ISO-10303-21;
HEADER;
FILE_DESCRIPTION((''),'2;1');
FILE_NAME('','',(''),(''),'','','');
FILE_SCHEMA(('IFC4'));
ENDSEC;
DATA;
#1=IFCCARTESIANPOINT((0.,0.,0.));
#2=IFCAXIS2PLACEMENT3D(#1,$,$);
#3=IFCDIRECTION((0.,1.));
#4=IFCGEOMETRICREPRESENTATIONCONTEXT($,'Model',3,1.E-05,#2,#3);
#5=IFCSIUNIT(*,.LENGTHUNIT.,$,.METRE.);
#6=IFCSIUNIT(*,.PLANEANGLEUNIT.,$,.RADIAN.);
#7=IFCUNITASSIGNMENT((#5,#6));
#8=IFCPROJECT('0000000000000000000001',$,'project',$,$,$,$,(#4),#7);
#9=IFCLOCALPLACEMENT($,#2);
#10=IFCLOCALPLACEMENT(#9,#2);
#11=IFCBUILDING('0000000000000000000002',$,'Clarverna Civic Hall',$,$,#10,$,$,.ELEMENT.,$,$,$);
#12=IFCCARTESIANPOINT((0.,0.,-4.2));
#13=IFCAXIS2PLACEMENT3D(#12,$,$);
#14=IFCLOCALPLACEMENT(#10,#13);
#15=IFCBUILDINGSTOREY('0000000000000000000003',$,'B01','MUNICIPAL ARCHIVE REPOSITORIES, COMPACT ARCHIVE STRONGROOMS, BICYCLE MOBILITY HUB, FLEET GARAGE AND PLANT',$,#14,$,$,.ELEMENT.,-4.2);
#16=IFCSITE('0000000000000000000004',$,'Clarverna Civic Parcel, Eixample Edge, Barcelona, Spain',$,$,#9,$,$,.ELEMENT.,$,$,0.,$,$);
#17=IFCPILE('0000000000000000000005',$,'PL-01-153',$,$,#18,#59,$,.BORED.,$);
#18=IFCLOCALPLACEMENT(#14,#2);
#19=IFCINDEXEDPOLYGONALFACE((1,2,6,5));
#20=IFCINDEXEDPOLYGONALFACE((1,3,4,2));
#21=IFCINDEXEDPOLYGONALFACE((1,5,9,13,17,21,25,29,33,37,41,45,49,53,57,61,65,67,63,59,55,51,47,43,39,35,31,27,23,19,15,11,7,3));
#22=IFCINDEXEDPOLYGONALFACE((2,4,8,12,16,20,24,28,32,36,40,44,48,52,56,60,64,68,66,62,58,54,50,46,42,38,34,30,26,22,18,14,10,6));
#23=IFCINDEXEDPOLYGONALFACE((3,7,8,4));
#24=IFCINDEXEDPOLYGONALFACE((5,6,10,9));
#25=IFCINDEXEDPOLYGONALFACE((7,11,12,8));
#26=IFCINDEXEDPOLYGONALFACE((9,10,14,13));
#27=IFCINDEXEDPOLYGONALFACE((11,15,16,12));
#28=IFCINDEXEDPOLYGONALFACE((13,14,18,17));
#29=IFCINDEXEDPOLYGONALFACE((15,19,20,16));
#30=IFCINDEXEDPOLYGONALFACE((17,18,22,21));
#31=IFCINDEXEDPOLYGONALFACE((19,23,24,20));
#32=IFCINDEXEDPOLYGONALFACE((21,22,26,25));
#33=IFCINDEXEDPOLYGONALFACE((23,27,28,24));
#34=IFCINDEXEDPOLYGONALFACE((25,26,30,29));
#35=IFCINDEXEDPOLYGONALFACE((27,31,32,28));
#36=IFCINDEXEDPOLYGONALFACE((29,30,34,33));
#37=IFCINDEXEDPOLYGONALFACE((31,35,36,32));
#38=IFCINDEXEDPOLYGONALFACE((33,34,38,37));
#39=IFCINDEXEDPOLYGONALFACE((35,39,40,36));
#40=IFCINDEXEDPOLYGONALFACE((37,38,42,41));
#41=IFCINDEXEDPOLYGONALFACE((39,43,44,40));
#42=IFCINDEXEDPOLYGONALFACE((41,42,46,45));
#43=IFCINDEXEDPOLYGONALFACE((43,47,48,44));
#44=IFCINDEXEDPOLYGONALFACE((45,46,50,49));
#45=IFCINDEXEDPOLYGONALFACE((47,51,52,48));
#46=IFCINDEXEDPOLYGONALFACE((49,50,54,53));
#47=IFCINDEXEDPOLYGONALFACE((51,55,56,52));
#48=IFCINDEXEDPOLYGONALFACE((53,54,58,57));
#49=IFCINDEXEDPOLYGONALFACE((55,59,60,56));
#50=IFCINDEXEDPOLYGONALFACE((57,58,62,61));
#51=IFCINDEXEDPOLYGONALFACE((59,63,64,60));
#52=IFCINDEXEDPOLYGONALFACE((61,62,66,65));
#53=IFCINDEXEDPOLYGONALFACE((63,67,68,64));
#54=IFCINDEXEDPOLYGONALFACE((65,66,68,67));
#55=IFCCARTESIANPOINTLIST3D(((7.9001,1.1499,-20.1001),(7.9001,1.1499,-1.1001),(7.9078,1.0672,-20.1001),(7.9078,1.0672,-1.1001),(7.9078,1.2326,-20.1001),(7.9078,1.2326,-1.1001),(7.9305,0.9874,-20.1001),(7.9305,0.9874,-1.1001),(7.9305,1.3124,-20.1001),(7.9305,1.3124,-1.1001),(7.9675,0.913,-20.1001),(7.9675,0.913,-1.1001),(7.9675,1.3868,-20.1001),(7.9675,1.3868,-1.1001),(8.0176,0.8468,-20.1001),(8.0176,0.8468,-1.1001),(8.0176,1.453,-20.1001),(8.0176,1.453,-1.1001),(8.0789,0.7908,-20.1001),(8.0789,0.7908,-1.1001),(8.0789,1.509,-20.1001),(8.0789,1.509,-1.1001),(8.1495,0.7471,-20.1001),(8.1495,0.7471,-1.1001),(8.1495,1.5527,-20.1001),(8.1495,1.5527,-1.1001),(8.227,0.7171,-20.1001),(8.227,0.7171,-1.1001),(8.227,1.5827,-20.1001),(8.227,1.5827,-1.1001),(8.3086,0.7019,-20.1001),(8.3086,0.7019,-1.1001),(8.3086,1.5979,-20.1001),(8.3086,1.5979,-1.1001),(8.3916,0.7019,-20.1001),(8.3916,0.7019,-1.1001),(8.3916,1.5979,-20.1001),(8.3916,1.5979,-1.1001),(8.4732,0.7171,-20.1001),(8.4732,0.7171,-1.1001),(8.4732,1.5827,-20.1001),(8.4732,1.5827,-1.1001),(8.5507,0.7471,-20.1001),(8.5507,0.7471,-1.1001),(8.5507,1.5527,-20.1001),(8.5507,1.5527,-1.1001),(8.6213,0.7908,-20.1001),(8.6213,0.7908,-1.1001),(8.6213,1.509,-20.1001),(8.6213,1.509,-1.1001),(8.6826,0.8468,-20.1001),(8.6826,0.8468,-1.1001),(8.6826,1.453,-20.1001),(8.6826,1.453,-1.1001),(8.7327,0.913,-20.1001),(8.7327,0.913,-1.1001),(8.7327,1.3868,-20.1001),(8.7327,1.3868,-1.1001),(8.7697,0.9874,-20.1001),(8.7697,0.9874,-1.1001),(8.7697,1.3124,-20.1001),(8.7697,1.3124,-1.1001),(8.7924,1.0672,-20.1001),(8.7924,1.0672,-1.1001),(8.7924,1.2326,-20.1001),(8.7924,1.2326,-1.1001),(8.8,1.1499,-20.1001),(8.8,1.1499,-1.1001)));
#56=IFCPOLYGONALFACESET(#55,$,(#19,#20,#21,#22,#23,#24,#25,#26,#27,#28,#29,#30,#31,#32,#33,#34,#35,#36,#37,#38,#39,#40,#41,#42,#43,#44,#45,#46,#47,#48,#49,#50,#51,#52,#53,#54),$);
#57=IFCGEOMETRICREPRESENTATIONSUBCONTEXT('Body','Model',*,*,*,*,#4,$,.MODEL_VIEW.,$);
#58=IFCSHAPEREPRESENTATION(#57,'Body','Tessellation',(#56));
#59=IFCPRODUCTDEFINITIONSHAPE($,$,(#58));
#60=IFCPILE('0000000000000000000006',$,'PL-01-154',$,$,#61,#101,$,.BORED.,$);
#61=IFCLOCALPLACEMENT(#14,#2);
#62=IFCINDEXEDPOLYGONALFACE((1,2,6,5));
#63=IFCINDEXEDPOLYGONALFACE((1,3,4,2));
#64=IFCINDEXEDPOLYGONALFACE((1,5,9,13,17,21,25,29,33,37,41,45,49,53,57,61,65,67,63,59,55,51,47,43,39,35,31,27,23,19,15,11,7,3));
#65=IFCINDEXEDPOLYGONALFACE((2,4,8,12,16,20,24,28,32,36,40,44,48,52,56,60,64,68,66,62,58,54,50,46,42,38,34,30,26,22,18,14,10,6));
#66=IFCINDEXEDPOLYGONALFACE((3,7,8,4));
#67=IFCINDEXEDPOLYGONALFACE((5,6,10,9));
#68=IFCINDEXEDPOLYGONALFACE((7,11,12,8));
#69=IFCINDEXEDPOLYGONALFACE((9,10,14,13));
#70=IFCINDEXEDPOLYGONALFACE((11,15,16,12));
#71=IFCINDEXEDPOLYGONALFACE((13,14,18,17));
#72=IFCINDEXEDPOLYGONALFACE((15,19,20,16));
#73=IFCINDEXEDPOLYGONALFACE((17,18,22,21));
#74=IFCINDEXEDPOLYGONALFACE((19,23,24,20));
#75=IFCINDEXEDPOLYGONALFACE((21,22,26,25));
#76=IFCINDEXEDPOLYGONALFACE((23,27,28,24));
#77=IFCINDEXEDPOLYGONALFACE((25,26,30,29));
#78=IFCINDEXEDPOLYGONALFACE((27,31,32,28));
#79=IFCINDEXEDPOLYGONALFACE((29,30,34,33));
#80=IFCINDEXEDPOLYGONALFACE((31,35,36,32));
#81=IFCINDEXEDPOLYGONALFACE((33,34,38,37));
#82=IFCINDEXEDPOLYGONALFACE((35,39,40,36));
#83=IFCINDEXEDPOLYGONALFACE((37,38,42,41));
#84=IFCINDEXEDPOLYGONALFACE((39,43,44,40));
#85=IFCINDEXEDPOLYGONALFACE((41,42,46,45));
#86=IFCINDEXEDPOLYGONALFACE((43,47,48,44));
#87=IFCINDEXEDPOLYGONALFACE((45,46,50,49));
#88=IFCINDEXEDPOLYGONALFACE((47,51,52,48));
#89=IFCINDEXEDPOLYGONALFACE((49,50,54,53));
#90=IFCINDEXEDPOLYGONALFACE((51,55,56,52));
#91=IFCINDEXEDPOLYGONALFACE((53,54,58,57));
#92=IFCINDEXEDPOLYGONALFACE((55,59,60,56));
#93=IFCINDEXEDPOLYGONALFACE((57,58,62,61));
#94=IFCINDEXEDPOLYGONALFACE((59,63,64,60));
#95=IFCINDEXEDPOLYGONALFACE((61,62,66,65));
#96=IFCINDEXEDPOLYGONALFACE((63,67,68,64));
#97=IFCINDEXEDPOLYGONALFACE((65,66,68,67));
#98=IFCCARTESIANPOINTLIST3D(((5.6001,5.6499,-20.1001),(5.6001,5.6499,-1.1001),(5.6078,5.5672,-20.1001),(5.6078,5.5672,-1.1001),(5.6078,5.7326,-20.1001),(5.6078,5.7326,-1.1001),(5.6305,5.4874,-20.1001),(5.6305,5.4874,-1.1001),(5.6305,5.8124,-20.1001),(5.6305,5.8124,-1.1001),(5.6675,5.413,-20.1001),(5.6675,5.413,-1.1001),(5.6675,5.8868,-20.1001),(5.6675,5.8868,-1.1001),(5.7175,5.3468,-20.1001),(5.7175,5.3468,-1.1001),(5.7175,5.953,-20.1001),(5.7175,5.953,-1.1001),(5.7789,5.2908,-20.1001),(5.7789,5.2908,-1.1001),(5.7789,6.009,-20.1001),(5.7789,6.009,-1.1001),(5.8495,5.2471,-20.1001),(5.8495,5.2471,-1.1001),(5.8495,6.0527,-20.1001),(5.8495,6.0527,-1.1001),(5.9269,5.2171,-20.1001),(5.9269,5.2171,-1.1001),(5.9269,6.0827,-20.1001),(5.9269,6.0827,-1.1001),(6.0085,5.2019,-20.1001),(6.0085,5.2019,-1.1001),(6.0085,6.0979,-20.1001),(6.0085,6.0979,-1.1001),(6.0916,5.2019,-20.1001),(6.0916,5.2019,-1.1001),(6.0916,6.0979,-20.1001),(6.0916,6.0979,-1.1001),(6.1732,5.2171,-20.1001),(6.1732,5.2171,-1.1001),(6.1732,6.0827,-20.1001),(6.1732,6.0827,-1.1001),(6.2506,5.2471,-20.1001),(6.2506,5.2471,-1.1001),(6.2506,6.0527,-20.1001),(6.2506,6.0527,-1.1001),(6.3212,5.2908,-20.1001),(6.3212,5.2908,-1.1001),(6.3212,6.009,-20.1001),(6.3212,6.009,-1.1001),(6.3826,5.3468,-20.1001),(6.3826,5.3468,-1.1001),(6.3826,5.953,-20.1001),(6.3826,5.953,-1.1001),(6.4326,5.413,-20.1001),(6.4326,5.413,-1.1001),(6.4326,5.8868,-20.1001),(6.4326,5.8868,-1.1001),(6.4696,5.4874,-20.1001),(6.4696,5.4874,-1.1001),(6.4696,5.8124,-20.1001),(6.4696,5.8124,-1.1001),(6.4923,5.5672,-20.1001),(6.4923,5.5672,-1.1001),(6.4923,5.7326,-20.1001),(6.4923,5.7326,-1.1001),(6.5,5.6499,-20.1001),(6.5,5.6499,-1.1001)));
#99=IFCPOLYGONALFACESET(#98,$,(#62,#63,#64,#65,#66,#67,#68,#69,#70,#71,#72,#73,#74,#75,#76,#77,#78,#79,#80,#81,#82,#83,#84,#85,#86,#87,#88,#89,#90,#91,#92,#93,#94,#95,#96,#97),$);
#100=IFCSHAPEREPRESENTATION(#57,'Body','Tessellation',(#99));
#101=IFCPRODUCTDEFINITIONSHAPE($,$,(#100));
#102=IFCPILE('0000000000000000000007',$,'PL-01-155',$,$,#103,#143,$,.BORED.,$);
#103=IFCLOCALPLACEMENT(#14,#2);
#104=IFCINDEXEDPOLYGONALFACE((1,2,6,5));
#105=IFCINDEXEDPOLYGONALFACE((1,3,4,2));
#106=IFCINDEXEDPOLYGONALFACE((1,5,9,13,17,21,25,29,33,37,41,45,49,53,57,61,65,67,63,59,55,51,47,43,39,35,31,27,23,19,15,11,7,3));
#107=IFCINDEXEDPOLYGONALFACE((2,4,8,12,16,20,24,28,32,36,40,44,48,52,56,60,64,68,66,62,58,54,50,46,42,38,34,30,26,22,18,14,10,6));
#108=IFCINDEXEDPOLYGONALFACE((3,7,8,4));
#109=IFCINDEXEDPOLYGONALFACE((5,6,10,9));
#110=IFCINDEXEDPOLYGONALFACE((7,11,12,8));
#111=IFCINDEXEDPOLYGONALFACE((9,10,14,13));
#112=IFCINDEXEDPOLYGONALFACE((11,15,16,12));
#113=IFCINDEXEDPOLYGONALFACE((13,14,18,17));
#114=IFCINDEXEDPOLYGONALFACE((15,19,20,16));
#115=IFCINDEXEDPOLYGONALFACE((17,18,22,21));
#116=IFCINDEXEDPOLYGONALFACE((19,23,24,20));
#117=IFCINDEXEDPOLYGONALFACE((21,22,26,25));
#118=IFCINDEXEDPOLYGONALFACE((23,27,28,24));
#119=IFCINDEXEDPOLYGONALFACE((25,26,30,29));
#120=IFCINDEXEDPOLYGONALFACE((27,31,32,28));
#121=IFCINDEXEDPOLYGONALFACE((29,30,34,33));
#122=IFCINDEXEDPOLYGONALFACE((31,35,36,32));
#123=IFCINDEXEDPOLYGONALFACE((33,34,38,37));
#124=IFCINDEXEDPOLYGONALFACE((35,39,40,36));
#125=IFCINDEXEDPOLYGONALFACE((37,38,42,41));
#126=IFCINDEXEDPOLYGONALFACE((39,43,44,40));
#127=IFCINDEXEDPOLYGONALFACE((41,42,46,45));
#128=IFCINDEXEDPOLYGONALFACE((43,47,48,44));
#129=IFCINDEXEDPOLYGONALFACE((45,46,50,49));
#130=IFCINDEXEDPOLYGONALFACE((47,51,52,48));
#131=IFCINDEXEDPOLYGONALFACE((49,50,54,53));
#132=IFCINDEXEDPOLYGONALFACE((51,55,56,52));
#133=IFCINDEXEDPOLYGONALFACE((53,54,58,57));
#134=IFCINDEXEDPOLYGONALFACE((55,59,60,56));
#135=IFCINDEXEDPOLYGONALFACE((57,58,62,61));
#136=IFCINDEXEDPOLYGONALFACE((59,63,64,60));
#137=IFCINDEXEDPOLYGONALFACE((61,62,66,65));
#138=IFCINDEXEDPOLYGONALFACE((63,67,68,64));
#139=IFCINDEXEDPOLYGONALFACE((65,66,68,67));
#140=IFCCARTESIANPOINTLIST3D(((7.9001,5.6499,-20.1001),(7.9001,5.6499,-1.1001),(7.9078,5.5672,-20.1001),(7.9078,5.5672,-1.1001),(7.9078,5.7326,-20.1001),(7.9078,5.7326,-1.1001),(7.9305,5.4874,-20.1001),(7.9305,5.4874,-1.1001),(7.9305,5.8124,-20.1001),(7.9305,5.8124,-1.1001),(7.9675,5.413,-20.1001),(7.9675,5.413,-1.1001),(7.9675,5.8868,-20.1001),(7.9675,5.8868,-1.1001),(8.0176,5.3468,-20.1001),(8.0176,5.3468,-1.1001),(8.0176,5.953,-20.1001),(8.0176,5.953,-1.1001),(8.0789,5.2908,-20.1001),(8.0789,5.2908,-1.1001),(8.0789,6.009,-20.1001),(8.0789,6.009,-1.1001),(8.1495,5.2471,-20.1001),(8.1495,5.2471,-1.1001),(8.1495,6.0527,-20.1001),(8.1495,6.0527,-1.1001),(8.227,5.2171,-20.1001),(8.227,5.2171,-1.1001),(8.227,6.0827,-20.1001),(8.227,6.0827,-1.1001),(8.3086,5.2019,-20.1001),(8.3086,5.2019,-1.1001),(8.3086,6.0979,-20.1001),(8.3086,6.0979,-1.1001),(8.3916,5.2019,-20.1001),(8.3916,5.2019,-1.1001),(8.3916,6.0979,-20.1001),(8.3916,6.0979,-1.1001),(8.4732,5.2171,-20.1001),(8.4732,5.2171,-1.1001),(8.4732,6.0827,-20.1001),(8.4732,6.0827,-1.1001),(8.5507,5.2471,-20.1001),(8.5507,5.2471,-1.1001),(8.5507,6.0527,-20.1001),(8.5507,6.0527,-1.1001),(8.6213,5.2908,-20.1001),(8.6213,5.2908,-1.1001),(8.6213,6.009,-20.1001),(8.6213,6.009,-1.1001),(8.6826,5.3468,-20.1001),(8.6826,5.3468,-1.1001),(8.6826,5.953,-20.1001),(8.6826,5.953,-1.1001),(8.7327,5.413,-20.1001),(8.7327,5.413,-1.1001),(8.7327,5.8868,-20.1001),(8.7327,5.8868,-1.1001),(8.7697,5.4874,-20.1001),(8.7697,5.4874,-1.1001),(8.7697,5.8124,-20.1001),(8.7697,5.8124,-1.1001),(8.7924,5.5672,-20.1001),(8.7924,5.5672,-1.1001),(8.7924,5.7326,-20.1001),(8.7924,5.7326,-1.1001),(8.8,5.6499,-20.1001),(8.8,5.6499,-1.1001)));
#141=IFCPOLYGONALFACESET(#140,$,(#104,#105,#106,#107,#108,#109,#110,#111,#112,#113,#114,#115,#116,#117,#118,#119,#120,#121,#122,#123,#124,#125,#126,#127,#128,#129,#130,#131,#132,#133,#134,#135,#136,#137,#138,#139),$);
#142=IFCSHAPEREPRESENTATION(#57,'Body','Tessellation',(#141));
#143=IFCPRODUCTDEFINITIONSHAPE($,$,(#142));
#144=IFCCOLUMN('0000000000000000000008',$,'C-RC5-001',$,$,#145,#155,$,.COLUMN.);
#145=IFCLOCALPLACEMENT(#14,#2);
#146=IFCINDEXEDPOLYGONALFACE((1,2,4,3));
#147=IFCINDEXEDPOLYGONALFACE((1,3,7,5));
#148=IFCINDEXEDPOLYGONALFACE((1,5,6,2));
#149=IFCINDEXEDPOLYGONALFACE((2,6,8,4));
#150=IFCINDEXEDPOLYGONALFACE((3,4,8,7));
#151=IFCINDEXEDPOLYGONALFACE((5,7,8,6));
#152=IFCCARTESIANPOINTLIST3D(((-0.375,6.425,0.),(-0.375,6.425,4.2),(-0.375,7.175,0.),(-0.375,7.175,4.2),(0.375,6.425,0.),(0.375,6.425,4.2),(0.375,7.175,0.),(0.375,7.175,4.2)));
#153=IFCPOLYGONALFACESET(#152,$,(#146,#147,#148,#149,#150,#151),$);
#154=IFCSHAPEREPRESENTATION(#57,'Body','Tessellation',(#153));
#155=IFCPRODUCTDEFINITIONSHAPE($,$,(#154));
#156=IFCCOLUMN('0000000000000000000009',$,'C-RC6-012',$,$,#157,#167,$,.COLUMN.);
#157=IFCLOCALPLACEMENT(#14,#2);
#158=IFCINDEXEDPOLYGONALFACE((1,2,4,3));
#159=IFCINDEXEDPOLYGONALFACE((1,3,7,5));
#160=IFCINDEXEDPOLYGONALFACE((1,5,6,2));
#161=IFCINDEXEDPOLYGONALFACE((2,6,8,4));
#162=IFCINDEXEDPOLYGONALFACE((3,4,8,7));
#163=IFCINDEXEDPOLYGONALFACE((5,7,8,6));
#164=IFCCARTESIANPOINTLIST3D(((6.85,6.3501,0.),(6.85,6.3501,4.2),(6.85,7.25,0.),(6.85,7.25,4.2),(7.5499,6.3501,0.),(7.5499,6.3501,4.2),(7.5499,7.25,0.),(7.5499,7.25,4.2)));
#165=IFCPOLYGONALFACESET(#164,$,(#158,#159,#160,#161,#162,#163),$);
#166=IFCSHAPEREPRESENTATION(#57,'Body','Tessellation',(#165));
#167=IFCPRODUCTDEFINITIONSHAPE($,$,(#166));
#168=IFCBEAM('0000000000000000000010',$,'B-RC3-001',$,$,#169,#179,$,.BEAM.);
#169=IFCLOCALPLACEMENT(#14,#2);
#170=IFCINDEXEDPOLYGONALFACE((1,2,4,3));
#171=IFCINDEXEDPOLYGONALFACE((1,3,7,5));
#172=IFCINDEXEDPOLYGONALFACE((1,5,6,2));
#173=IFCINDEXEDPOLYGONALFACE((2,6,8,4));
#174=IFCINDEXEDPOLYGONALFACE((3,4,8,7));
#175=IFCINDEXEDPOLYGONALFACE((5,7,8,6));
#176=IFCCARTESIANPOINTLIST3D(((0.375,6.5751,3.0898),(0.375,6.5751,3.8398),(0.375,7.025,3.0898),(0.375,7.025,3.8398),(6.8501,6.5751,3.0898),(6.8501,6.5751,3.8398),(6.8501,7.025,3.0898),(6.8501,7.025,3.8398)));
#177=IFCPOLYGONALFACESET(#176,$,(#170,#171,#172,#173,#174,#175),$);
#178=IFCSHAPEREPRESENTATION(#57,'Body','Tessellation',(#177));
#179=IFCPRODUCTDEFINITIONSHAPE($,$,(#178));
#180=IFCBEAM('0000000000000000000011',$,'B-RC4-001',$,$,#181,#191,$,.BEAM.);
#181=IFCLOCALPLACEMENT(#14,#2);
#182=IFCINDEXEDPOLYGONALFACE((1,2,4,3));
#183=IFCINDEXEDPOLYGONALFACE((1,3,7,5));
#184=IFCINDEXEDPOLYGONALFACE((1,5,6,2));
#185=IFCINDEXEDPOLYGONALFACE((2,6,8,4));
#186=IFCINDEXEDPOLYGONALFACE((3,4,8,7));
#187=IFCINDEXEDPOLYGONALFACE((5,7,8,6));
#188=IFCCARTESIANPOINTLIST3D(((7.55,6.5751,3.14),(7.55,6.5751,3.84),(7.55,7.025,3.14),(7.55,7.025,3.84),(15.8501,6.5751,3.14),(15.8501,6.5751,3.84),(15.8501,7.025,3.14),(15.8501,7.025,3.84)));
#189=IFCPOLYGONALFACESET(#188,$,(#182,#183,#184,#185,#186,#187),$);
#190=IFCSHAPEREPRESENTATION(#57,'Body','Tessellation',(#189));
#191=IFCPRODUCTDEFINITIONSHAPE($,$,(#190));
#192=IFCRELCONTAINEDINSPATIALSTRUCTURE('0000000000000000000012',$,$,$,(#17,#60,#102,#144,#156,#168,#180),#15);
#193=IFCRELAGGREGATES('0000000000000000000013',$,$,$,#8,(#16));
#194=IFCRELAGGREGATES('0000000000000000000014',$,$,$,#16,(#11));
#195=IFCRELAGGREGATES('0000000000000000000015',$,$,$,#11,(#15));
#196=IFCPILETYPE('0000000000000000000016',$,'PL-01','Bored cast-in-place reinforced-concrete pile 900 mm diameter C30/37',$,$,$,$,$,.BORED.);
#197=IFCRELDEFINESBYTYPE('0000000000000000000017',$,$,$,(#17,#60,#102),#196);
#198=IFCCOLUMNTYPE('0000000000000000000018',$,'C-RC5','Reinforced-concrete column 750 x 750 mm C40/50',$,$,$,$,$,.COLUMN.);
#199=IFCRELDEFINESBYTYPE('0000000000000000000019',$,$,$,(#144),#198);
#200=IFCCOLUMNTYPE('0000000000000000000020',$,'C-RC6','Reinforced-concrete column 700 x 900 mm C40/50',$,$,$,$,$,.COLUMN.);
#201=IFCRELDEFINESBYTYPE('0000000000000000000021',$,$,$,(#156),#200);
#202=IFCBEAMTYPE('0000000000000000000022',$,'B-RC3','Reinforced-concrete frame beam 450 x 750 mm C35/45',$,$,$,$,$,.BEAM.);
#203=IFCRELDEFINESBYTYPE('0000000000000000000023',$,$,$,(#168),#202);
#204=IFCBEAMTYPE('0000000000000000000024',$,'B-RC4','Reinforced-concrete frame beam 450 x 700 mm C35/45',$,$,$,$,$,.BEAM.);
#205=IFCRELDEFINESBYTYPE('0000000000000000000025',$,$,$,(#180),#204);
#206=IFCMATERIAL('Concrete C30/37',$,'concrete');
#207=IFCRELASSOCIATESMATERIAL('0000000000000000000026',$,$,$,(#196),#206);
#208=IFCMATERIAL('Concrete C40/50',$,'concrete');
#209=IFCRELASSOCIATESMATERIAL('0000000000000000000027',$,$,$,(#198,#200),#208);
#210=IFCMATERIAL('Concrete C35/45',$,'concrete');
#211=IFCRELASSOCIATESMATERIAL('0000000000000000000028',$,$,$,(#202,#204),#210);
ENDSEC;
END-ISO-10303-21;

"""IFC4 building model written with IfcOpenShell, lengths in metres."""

from ifc_helpers import new_model, si_unit, direction, frame, origin, origin_2d, place, context, subcontext, project, spatial, rectangle, circle, extrude, material, material_profile, profile_set, type_object, element, save


model = new_model("IFC4")

# Units and contexts
model_context = context("Model", 3, precision=1e-05, world=origin(), true_north=direction((0.0, 1.0)))
body_context = subcontext(model_context, "Body", "Model", "MODEL_VIEW")
ifc_project = project(units=[si_unit("LENGTHUNIT", "METRE"), si_unit("PLANEANGLEUNIT", "RADIAN")], contexts=[model_context])

# Site, building, storey
site_placement = place(None, origin())
site = spatial("IfcSite", under=ifc_project, at=site_placement, Name="Clarverna Civic Parcel, Eixample Edge, Barcelona, Spain", CompositionType="ELEMENT", RefElevation=0.0)
building_placement = place(site_placement, origin())
building = spatial("IfcBuilding", under=site, at=building_placement, Name="Clarverna Civic Hall", CompositionType="ELEMENT")
storey_placement = place(building_placement, frame((0.0, 0.0, -4.2)))
storey = spatial("IfcBuildingStorey", under=building, at=storey_placement, Name="B01", Description="MUNICIPAL ARCHIVE REPOSITORIES, COMPACT ARCHIVE STRONGROOMS, BICYCLE MOBILITY HUB, FLEET GARAGE AND PLANT", CompositionType="ELEMENT", Elevation=-4.2)

# Shared definitions
ifc_material_1 = material(Name="Concrete C30/37", Category="concrete")

# Piles
ifc_material_profile_1 = material_profile(ifc_material_1, circle(Radius=0.45, at=origin_2d()), Name="BORED PILE D900")
ifc_profile_set_1 = profile_set([ifc_material_profile_1], Name="Concrete C30/37")
pile_type = type_object("IfcPileType", Name="PL-01", Description="Bored cast-in-place reinforced-concrete pile 900 mm diameter C30/37", PredefinedType="BORED", material=ifc_profile_set_1)
for number, where, z_axis, x_axis, name in (
    (1, (8.3501, 1.1499, -1.1001), (0.0, 0.0, -1.0), (1.0, 0.0, 0.0), "PL-01-153"),
    (2, (6.05, 5.6499, -1.1001), (0.0, 0.0, -1.0), (1.0, 0.0, 0.0), "PL-01-154"),
    (3, (8.3501, 5.6499, -1.1001), (0.0, 0.0, -1.0), (1.0, 0.0, 0.0), "PL-01-155"),
):
    element("IfcPile", number, at=place(storey_placement, frame(where, z_axis=z_axis, x_axis=x_axis)), inside=storey, type_object=pile_type, Name=name, PredefinedType="BORED", context=body_context, shape_type="SweptSolid", body=[
        extrude(circle(Radius=0.45, at=origin_2d()), origin(), (0.0, 0.0, 1.0), 19.0),
    ])

# Columns
ifc_material_2 = material(Name="Concrete C40/50", Category="concrete")
ifc_material_profile_2 = material_profile(ifc_material_2, rectangle(XDim=0.75, YDim=0.75, at=origin_2d()), Name="RC 750x750")
ifc_profile_set_2 = profile_set([ifc_material_profile_2], Name="Concrete C40/50")
column_type_1 = type_object("IfcColumnType", Name="C-RC5", Description="Reinforced-concrete column 750 x 750 mm C40/50", PredefinedType="COLUMN", material=ifc_profile_set_2)
column_1_placement = place(storey_placement, frame((0.0, 6.8, 0.0), z_axis=(0.0, 0.0, 1.0), x_axis=(1.0, 0.0, 0.0)))
element("IfcColumn", 4, at=column_1_placement, inside=storey, type_object=column_type_1, Name="C-RC5-001", PredefinedType="COLUMN", context=body_context, shape_type="SweptSolid", body=[
    extrude(rectangle(XDim=0.75, YDim=0.75, at=origin_2d()), origin(), (0.0, 0.0, 1.0), 4.2),
])
ifc_material_profile_3 = material_profile(ifc_material_2, rectangle(XDim=0.7, YDim=0.8999, at=origin_2d()), Name="RC 700x900")
ifc_profile_set_3 = profile_set([ifc_material_profile_3], Name="Concrete C40/50")
column_type_2 = type_object("IfcColumnType", Name="C-RC6", Description="Reinforced-concrete column 700 x 900 mm C40/50", PredefinedType="COLUMN", material=ifc_profile_set_3)
column_2_placement = place(storey_placement, frame((7.2, 6.8, 0.0), z_axis=(0.0, 0.0, 1.0), x_axis=(1.0, 0.0, 0.0)))
element("IfcColumn", 5, at=column_2_placement, inside=storey, type_object=column_type_2, Name="C-RC6-012", PredefinedType="COLUMN", context=body_context, shape_type="SweptSolid", body=[
    extrude(rectangle(XDim=0.7, YDim=0.8999, at=origin_2d()), origin(), (0.0, 0.0, 1.0), 4.2),
])

# Beams
ifc_material_3 = material(Name="Concrete C35/45", Category="concrete")
ifc_material_profile_4 = material_profile(ifc_material_3, rectangle(XDim=0.45, YDim=0.75, at=origin_2d()), Name="RC 450x750")
ifc_profile_set_4 = profile_set([ifc_material_profile_4], Name="Concrete C35/45")
beam_type_1 = type_object("IfcBeamType", Name="B-RC3", Description="Reinforced-concrete frame beam 450 x 750 mm C35/45", PredefinedType="BEAM", material=ifc_profile_set_4)
beam_1_placement = place(storey_placement, frame((0.375, 6.8, 3.4648), z_axis=(1.0, 0.0, 0.0), x_axis=(0.0, 1.0, 0.0)))
element("IfcBeam", 6, at=beam_1_placement, inside=storey, type_object=beam_type_1, Name="B-RC3-001", PredefinedType="BEAM", context=body_context, shape_type="SweptSolid", body=[
    extrude(rectangle(XDim=0.45, YDim=0.75, at=origin_2d()), origin(), (0.0, 0.0, 1.0), 6.4751),
])
ifc_material_profile_5 = material_profile(ifc_material_3, rectangle(XDim=0.45, YDim=0.7, at=origin_2d()), Name="RC 450x700")
ifc_profile_set_5 = profile_set([ifc_material_profile_5], Name="Concrete C35/45")
beam_type_2 = type_object("IfcBeamType", Name="B-RC4", Description="Reinforced-concrete frame beam 450 x 700 mm C35/45", PredefinedType="BEAM", material=ifc_profile_set_5)
beam_2_placement = place(storey_placement, frame((7.55, 6.8, 3.49), z_axis=(1.0, 0.0, 0.0), x_axis=(0.0, 1.0, 0.0)))
element("IfcBeam", 7, at=beam_2_placement, inside=storey, type_object=beam_type_2, Name="B-RC4-001", PredefinedType="BEAM", context=body_context, shape_type="SweptSolid", body=[
    extrude(rectangle(XDim=0.45, YDim=0.7, at=origin_2d()), origin(), (0.0, 0.0, 1.0), 8.3),
])

save(model, "model.ifc")
